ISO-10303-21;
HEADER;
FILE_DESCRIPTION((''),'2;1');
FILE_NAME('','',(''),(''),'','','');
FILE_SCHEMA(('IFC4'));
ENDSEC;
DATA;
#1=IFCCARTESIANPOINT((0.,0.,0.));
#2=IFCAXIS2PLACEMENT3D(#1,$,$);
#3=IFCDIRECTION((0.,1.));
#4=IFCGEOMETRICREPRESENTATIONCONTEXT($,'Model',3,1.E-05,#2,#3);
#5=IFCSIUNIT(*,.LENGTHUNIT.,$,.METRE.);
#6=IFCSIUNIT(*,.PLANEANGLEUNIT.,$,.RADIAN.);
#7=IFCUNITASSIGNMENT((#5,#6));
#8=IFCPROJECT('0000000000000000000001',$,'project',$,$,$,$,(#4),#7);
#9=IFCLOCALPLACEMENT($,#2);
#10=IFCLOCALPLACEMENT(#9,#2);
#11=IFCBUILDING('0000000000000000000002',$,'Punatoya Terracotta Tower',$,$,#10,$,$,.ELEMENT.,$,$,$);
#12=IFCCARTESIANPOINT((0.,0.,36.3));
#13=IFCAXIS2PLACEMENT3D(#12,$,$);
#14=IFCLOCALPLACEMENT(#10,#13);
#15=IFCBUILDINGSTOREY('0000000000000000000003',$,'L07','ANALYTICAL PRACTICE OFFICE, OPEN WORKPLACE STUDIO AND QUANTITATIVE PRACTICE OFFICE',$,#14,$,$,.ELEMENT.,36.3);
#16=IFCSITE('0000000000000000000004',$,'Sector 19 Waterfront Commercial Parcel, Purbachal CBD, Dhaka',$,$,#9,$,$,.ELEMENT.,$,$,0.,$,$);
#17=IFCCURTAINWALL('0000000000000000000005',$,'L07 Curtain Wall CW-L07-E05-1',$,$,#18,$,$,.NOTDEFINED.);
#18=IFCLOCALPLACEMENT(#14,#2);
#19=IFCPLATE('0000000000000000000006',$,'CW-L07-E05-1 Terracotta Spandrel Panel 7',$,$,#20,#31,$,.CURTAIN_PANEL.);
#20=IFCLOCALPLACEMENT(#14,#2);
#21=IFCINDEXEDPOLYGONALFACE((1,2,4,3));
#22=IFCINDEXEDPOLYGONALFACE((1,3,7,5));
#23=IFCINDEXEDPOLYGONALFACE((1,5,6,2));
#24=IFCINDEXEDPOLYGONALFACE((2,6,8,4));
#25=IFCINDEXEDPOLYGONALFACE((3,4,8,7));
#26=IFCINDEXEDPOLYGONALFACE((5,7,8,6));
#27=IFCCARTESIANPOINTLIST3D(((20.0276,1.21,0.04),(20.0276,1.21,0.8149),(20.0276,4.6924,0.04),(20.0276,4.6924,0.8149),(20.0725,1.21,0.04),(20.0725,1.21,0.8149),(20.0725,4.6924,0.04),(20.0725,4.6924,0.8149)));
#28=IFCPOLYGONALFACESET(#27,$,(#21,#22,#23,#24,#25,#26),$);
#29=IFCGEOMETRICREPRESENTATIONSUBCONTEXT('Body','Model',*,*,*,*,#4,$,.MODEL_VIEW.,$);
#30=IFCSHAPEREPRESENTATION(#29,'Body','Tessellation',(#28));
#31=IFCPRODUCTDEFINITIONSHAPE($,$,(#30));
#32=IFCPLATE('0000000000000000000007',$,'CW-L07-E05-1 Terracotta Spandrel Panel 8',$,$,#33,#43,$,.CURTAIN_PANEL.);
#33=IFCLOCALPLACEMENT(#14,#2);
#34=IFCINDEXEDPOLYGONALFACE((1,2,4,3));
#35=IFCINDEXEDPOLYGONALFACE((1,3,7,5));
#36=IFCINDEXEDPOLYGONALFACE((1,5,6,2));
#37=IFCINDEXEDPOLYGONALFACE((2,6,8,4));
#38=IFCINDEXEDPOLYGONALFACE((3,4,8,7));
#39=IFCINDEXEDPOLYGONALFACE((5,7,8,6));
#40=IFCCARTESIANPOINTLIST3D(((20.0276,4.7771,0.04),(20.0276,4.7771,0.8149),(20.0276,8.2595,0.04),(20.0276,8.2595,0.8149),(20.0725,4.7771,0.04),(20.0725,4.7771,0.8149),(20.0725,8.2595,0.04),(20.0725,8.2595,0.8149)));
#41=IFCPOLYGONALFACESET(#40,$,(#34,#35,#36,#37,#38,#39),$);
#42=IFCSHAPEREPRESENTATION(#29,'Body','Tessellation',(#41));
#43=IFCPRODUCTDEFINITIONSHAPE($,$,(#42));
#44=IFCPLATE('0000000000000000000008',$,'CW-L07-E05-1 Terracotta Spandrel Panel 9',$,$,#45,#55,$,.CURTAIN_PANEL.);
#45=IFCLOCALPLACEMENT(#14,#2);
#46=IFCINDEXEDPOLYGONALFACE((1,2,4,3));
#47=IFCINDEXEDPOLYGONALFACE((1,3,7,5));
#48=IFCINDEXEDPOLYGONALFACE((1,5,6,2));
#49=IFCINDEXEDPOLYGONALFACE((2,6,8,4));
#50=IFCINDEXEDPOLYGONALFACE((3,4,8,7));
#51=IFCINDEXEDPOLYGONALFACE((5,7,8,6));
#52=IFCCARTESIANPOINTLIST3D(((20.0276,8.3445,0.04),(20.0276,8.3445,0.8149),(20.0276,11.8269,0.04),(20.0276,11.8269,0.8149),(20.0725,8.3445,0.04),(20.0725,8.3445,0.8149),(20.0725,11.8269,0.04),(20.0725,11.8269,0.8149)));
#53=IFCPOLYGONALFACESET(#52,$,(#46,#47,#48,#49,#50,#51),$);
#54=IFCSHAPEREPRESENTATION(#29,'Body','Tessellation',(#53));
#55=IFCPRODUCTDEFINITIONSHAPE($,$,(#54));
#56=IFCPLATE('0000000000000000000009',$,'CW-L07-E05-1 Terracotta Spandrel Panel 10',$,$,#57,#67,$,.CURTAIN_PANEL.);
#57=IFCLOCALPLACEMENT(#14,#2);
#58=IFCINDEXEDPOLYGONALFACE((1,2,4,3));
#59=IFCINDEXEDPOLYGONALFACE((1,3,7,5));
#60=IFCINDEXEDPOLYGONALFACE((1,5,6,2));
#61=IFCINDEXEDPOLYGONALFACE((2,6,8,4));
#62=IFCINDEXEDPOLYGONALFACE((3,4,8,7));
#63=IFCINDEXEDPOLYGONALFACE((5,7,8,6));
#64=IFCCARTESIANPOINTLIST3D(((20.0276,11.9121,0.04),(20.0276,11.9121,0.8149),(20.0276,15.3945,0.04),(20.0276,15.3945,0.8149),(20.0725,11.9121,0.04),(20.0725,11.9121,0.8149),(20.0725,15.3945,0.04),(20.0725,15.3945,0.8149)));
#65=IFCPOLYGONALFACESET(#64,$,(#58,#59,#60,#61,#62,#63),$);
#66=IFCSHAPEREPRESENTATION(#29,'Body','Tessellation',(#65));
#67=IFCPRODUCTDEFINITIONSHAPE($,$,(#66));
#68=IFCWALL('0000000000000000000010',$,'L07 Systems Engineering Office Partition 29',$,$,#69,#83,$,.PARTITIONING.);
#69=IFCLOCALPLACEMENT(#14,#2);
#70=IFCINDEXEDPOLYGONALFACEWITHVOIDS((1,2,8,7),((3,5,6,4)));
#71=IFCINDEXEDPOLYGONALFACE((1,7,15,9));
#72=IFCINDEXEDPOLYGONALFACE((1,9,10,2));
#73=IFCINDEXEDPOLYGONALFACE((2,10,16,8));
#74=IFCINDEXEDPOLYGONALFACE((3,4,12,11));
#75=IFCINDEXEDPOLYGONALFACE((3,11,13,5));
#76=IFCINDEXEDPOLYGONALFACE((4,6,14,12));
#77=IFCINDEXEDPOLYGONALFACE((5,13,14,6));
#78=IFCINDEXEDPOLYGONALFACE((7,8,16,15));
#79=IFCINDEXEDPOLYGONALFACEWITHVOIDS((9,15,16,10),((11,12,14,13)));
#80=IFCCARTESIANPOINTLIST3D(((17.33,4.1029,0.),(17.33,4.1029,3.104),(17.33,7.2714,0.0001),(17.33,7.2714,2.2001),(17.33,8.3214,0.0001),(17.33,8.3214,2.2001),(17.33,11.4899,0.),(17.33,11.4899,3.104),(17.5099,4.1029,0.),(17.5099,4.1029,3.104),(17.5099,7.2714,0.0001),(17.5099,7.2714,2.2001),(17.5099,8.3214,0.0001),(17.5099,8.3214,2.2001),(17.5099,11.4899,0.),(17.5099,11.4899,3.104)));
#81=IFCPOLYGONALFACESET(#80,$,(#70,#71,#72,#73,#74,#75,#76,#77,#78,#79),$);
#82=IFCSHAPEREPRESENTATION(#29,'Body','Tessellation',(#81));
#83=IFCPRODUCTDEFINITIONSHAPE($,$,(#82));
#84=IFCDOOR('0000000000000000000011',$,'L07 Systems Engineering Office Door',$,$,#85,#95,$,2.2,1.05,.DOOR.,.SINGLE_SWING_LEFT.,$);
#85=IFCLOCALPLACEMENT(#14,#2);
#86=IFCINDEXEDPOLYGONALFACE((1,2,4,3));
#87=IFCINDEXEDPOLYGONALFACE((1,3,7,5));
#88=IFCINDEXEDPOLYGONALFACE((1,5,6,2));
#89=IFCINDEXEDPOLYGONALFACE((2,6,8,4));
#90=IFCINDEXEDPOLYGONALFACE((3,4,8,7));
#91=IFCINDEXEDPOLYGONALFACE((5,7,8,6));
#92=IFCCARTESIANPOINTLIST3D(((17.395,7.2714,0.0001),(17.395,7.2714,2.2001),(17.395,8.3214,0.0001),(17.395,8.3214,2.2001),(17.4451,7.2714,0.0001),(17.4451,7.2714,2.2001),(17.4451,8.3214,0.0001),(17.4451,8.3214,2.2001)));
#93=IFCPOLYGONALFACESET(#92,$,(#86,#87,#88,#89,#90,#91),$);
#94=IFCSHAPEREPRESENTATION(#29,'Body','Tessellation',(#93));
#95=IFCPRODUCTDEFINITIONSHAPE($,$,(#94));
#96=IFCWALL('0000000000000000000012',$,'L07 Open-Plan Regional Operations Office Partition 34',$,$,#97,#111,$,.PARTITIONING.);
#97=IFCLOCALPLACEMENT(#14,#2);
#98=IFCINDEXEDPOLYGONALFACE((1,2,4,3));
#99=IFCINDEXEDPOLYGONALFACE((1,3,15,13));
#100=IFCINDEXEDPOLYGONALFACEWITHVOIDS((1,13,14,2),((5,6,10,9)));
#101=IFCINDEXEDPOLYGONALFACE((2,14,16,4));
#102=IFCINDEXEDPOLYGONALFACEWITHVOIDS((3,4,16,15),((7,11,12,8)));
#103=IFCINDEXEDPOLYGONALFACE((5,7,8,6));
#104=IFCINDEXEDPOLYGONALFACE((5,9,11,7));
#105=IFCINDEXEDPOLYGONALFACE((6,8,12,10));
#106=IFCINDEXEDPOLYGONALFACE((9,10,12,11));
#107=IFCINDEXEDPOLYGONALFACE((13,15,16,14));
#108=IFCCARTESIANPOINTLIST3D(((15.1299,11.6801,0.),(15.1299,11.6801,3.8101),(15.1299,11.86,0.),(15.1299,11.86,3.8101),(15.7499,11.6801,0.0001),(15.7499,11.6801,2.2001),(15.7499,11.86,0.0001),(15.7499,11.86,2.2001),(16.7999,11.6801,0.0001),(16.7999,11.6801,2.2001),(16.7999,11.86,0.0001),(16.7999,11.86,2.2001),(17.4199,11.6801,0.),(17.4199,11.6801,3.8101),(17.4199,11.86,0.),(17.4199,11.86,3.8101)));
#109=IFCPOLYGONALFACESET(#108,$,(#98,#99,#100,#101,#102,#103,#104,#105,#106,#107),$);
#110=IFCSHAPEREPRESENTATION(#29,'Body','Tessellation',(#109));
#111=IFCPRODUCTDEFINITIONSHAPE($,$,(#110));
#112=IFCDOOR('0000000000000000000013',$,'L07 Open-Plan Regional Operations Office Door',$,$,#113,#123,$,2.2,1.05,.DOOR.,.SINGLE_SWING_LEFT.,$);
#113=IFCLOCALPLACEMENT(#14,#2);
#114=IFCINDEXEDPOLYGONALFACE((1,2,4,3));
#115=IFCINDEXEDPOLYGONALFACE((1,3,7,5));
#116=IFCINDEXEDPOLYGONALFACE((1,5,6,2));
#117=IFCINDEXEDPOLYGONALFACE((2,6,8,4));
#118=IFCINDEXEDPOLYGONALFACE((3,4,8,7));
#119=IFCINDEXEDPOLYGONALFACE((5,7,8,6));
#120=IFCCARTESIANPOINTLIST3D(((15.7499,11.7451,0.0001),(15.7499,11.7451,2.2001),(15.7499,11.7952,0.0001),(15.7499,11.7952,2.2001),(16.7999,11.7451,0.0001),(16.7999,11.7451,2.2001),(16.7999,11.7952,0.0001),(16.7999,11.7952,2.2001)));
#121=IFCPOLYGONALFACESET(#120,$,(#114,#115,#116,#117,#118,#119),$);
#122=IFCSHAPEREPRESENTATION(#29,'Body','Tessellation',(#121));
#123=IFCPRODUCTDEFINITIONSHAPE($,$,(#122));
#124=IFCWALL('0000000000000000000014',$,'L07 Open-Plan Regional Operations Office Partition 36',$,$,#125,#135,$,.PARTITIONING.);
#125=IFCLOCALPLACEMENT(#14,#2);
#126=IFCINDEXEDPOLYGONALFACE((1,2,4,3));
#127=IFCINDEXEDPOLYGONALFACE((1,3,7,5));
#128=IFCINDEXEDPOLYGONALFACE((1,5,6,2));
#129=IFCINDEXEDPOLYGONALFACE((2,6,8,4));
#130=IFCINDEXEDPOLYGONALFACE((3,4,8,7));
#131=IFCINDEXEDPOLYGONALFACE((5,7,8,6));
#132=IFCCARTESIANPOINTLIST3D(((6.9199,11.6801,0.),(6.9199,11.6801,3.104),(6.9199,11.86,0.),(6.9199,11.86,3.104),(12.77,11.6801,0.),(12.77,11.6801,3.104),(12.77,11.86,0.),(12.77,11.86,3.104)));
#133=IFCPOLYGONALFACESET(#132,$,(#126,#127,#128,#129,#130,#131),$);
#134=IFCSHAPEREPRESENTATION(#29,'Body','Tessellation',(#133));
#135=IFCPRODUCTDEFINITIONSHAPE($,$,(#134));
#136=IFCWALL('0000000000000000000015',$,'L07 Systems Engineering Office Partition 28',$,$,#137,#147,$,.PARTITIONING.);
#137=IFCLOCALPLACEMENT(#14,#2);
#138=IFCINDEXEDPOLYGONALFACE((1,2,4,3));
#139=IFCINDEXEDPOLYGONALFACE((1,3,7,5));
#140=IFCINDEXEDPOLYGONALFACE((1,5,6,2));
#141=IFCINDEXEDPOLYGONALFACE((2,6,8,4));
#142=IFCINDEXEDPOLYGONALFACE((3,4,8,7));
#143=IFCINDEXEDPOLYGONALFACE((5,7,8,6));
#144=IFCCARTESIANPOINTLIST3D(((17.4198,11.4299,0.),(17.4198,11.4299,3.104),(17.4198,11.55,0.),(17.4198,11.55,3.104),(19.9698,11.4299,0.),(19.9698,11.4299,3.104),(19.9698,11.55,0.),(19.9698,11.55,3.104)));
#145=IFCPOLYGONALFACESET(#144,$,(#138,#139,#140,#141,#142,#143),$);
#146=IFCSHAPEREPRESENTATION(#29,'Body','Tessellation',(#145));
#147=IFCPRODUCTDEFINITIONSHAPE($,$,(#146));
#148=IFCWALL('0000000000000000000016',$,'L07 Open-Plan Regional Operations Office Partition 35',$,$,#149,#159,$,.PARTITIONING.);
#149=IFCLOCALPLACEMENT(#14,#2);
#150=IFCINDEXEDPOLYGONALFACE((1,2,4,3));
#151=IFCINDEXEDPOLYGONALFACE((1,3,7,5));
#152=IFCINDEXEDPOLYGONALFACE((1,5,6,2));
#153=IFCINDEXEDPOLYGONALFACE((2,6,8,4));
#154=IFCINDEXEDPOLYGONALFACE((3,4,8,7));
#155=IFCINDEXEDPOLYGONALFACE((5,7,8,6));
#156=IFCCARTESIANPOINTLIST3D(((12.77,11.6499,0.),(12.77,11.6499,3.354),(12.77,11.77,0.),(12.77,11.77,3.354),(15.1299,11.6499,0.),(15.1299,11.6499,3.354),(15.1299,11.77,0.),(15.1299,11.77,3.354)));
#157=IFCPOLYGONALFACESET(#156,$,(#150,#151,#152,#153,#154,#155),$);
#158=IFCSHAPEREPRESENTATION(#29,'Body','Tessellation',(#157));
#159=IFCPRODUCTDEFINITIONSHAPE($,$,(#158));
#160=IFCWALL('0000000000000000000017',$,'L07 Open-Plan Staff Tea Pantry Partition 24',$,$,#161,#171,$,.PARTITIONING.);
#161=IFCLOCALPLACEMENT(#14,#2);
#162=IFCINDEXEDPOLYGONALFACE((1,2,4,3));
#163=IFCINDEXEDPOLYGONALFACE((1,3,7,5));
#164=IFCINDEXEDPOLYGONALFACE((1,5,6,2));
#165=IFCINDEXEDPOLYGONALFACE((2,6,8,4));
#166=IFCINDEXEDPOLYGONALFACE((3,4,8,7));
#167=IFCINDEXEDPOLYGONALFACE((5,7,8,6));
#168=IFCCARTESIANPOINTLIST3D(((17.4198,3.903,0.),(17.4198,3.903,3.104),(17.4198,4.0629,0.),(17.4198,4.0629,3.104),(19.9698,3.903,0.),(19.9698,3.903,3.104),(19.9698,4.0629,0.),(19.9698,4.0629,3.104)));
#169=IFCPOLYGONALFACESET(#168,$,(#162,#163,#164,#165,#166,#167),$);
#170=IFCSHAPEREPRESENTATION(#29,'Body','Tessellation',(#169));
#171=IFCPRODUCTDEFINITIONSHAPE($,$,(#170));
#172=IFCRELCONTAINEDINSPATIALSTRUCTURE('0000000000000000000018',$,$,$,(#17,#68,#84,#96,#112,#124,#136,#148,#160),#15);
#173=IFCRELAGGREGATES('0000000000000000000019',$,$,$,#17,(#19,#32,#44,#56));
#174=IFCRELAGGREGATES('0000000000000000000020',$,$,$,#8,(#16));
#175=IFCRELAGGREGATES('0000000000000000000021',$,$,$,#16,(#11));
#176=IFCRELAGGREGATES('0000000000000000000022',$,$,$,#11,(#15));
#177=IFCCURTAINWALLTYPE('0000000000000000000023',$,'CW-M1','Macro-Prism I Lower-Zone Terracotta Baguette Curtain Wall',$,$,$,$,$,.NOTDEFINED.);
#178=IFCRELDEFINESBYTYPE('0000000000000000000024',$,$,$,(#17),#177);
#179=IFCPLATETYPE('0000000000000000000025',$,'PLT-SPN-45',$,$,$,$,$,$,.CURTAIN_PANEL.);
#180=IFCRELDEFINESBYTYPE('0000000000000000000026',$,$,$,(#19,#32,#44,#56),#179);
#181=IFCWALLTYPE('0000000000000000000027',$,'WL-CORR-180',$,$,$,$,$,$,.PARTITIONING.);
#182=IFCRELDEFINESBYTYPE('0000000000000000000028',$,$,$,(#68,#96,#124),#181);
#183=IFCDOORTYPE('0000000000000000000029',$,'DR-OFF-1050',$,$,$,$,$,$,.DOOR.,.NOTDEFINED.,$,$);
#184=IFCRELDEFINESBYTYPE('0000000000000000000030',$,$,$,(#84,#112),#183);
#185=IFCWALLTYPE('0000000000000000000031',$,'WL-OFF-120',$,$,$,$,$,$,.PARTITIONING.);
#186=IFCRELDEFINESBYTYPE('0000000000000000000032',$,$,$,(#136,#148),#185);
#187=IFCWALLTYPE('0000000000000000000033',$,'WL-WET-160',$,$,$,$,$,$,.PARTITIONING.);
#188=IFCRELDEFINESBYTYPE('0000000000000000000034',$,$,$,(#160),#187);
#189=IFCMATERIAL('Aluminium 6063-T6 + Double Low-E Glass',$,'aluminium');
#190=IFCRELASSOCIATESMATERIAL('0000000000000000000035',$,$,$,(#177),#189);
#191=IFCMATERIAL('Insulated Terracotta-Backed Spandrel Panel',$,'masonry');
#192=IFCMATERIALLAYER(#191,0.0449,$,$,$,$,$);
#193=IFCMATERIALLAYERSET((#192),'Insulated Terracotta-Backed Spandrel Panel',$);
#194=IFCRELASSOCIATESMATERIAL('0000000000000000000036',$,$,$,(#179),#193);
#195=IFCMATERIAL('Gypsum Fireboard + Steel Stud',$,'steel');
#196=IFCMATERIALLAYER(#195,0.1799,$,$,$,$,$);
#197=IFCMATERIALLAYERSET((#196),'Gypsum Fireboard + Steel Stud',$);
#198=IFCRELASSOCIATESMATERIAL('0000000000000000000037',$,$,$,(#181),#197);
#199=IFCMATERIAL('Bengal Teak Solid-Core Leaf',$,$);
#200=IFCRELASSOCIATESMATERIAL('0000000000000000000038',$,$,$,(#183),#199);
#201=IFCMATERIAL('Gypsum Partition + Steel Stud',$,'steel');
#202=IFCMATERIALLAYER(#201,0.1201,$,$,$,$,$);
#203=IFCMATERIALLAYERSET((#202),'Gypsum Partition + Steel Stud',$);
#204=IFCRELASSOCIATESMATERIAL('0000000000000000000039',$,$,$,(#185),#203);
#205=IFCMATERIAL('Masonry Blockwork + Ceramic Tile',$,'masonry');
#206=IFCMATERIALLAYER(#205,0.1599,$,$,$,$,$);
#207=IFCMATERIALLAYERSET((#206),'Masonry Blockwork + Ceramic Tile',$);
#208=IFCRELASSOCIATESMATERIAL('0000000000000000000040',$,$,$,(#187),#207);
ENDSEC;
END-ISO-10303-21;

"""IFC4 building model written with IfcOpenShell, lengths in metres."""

from ifc_helpers import new_model, si_unit, direction, frame, frame_2d, origin, origin_2d, place, context, subcontext, project, spatial, rectangle, extrude, material, layer, layer_set, type_object, element, fill, aggregate, save


model = new_model("IFC4")

# Units and contexts
model_context = context("Model", 3, precision=1e-05, world=origin(), true_north=direction((0.0, 1.0)))
body_context = subcontext(model_context, "Body", "Model", "MODEL_VIEW")
ifc_project = project(units=[si_unit("LENGTHUNIT", "METRE"), si_unit("PLANEANGLEUNIT", "RADIAN")], contexts=[model_context])

# Site, building, storey
site_placement = place(None, origin())
site = spatial("IfcSite", under=ifc_project, at=site_placement, Name="Sector 19 Waterfront Commercial Parcel, Purbachal CBD, Dhaka", CompositionType="ELEMENT", RefElevation=0.0)
building_placement = place(site_placement, origin())
building = spatial("IfcBuilding", under=site, at=building_placement, Name="Punatoya Terracotta Tower", CompositionType="ELEMENT")
storey_placement = place(building_placement, frame((0.0, 0.0, 36.3)))
storey = spatial("IfcBuildingStorey", under=building, at=storey_placement, Name="L07", Description="ANALYTICAL PRACTICE OFFICE, OPEN WORKPLACE STUDIO AND QUANTITATIVE PRACTICE OFFICE", CompositionType="ELEMENT", Elevation=36.3)

# Curtain wall
ifc_material_1 = material(Name="Aluminium 6063-T6 + Double Low-E Glass", Category="aluminium")
curtain_wall_type = type_object("IfcCurtainWallType", Name="CW-M1", Description="Macro-Prism I Lower-Zone Terracotta Baguette Curtain Wall", PredefinedType="NOTDEFINED", material=ifc_material_1)
curtain_wall_1_placement = place(storey_placement, origin())
curtain_wall_1 = element("IfcCurtainWall", 1, at=curtain_wall_1_placement, inside=storey, type_object=curtain_wall_type, Name="L07 Curtain Wall CW-L07-E05-1", PredefinedType="NOTDEFINED")

# Plates
ifc_material_2 = material(Name="Insulated Terracotta-Backed Spandrel Panel", Category="masonry")
ifc_layer_1 = layer(ifc_material_2, 0.0449)
ifc_layer_set_1 = layer_set([ifc_layer_1], Name="Insulated Terracotta-Backed Spandrel Panel")
plate_type_1 = type_object("IfcPlateType", Name="PLT-SPN-45", PredefinedType="CURTAIN_PANEL", material=ifc_layer_set_1)
plate_1_placement = place(storey_placement, frame((20.05, 2.9512, 0.04), z_axis=(0.0, 0.0, 1.0), x_axis=(0.0, 1.0, 0.0)))
plate_1 = element("IfcPlate", 2, at=plate_1_placement, type_object=plate_type_1, Name="CW-L07-E05-1 Terracotta Spandrel Panel 7", PredefinedType="CURTAIN_PANEL", context=body_context, shape_type="SweptSolid", body=[
    extrude(rectangle(XDim=3.4824, YDim=0.0449, at=origin_2d()), origin(), (0.0, 0.0, 1.0), 0.7749),
])
plate_2_placement = place(storey_placement, frame((20.05, 6.5183, 0.04), z_axis=(0.0, 0.0, 1.0), x_axis=(0.0, 1.0, 0.0)))
plate_2 = element("IfcPlate", 3, at=plate_2_placement, type_object=plate_type_1, Name="CW-L07-E05-1 Terracotta Spandrel Panel 8", PredefinedType="CURTAIN_PANEL", context=body_context, shape_type="SweptSolid", body=[
    extrude(rectangle(XDim=3.4824, YDim=0.0449, at=origin_2d()), origin(), (0.0, 0.0, 1.0), 0.7749),
])
plate_3_placement = place(storey_placement, frame((20.05, 10.0857, 0.04), z_axis=(0.0, 0.0, 1.0), x_axis=(0.0, 1.0, 0.0)))
plate_3 = element("IfcPlate", 4, at=plate_3_placement, type_object=plate_type_1, Name="CW-L07-E05-1 Terracotta Spandrel Panel 9", PredefinedType="CURTAIN_PANEL", context=body_context, shape_type="SweptSolid", body=[
    extrude(rectangle(XDim=3.4824, YDim=0.0449, at=origin_2d()), origin(), (0.0, 0.0, 1.0), 0.7749),
])
plate_4_placement = place(storey_placement, frame((20.05, 13.6533, 0.04), z_axis=(0.0, 0.0, 1.0), x_axis=(0.0, 1.0, 0.0)))
plate_4 = element("IfcPlate", 5, at=plate_4_placement, type_object=plate_type_1, Name="CW-L07-E05-1 Terracotta Spandrel Panel 10", PredefinedType="CURTAIN_PANEL", context=body_context, shape_type="SweptSolid", body=[
    extrude(rectangle(XDim=3.4824, YDim=0.0449, at=origin_2d()), origin(), (0.0, 0.0, 1.0), 0.7749),
])
aggregate(curtain_wall_1, [plate_1, plate_2, plate_3, plate_4])

# Walls, openings, doors
ifc_material_3 = material(Name="Gypsum Fireboard + Steel Stud", Category="steel")
ifc_layer_2 = layer(ifc_material_3, 0.1799)
ifc_layer_set_2 = layer_set([ifc_layer_2], Name="Gypsum Fireboard + Steel Stud")
wall_type_1 = type_object("IfcWallType", Name="WL-CORR-180", PredefinedType="PARTITIONING", material=ifc_layer_set_2)
wall_1_placement = place(storey_placement, frame((17.4199, 4.103, 0.0), z_axis=(0.0, 0.0, 1.0), x_axis=(0.0, 1.0, 0.0)))
wall_1 = element("IfcWall", 6, at=wall_1_placement, inside=storey, type_object=wall_type_1, Name="L07 Systems Engineering Office Partition 29", PredefinedType="PARTITIONING", context=body_context, shape_type="SweptSolid", body=[
    extrude(rectangle(XDim=7.387, YDim=0.1799, at=frame_2d((3.6934, 0.0))), origin(), (0.0, 0.0, 1.0), 3.104),
])
opening_1_placement = place(wall_1_placement, frame((3.1685, 0.0, 0.0)))
opening_1 = element("IfcOpeningElement", 7, at=opening_1_placement, cuts=wall_1, PredefinedType="OPENING", context=body_context, shape_type="SweptSolid", body=[
    extrude(rectangle(XDim=1.05, YDim=2.2, at=frame_2d((0.5249, 1.1001))), frame((0.0, 0.0999, 0.0), z_axis=(0.0, -1.0, 0.0), x_axis=(1.0, 0.0, 0.0)), (0.0, 0.0, 1.0), 0.2),
])
ifc_material_4 = material(Name="Bengal Teak Solid-Core Leaf")
door_type = type_object("IfcDoorType", Name="DR-OFF-1050", OperationType="NOTDEFINED", PredefinedType="DOOR", material=ifc_material_4)
door_1_placement = place(opening_1_placement, origin())
door_1 = element("IfcDoor", 8, at=door_1_placement, inside=storey, type_object=door_type, Name="L07 Systems Engineering Office Door", OperationType="SINGLE_SWING_LEFT", OverallHeight=2.2, OverallWidth=1.05, PredefinedType="DOOR", context=body_context, shape_type="SweptSolid", body=[
    extrude(rectangle(XDim=1.05, YDim=2.2, at=frame_2d((0.5249, 1.1001))), frame((0.0, 0.0249, 0.0), z_axis=(0.0, -1.0, 0.0), x_axis=(1.0, 0.0, 0.0)), (0.0, 0.0, 1.0), 0.05),
])
fill(opening_1, door_1)
wall_2_placement = place(storey_placement, frame((17.4199, 11.77, 0.0), z_axis=(0.0, 0.0, 1.0), x_axis=(-1.0, 0.0, 0.0)))
wall_2 = element("IfcWall", 9, at=wall_2_placement, inside=storey, type_object=wall_type_1, Name="L07 Open-Plan Regional Operations Office Partition 34", PredefinedType="PARTITIONING", context=body_context, shape_type="SweptSolid", body=[
    extrude(rectangle(XDim=2.29, YDim=0.1799, at=frame_2d((1.145, 0.0))), origin(), (0.0, 0.0, 1.0), 3.8101),
])
opening_2_placement = place(wall_2_placement, frame((0.6201, 0.0, 0.0)))
opening_2 = element("IfcOpeningElement", 10, at=opening_2_placement, cuts=wall_2, PredefinedType="OPENING", context=body_context, shape_type="SweptSolid", body=[
    extrude(rectangle(XDim=1.05, YDim=2.2, at=frame_2d((0.5249, 1.1001))), frame((0.0, 0.0999, 0.0), z_axis=(0.0, -1.0, 0.0), x_axis=(1.0, 0.0, 0.0)), (0.0, 0.0, 1.0), 0.2),
])
door_2_placement = place(opening_2_placement, origin())
door_2 = element("IfcDoor", 11, at=door_2_placement, inside=storey, type_object=door_type, Name="L07 Open-Plan Regional Operations Office Door", OperationType="SINGLE_SWING_LEFT", OverallHeight=2.2, OverallWidth=1.05, PredefinedType="DOOR", context=body_context, shape_type="SweptSolid", body=[
    extrude(rectangle(XDim=1.05, YDim=2.2, at=frame_2d((0.5249, 1.1001))), frame((0.0, 0.0249, 0.0), z_axis=(0.0, -1.0, 0.0), x_axis=(1.0, 0.0, 0.0)), (0.0, 0.0, 1.0), 0.05),
])
fill(opening_2, door_2)

# Walls
wall_3_placement = place(storey_placement, frame((12.77, 11.77, 0.0), z_axis=(0.0, 0.0, 1.0), x_axis=(-1.0, 0.0, 0.0)))
element("IfcWall", 12, at=wall_3_placement, inside=storey, type_object=wall_type_1, Name="L07 Open-Plan Regional Operations Office Partition 36", PredefinedType="PARTITIONING", context=body_context, shape_type="SweptSolid", body=[
    extrude(rectangle(XDim=5.8501, YDim=0.1799, at=frame_2d((2.925, 0.0))), origin(), (0.0, 0.0, 1.0), 3.104),
])
ifc_material_5 = material(Name="Gypsum Partition + Steel Stud", Category="steel")
ifc_layer_3 = layer(ifc_material_5, 0.1201)
ifc_layer_set_3 = layer_set([ifc_layer_3], Name="Gypsum Partition + Steel Stud")
wall_type_2 = type_object("IfcWallType", Name="WL-OFF-120", PredefinedType="PARTITIONING", material=ifc_layer_set_3)
wall_4_placement = place(storey_placement, frame((17.4199, 11.49, 0.0), z_axis=(0.0, 0.0, 1.0), x_axis=(1.0, 0.0, 0.0)))
element("IfcWall", 13, at=wall_4_placement, inside=storey, type_object=wall_type_2, Name="L07 Systems Engineering Office Partition 28", PredefinedType="PARTITIONING", context=body_context, shape_type="SweptSolid", body=[
    extrude(rectangle(XDim=2.55, YDim=0.1201, at=frame_2d((1.2749, 0.0))), origin(), (0.0, 0.0, 1.0), 3.104),
])
wall_5_placement = place(storey_placement, frame((15.1299, 11.71, 0.0), z_axis=(0.0, 0.0, 1.0), x_axis=(-1.0, 0.0, 0.0)))
element("IfcWall", 14, at=wall_5_placement, inside=storey, type_object=wall_type_2, Name="L07 Open-Plan Regional Operations Office Partition 35", PredefinedType="PARTITIONING", context=body_context, shape_type="SweptSolid", body=[
    extrude(rectangle(XDim=2.3599, YDim=0.1201, at=frame_2d((1.1799, 0.0))), origin(), (0.0, 0.0, 1.0), 3.354),
])
ifc_material_6 = material(Name="Masonry Blockwork + Ceramic Tile", Category="masonry")
ifc_layer_4 = layer(ifc_material_6, 0.1599)
ifc_layer_set_4 = layer_set([ifc_layer_4], Name="Masonry Blockwork + Ceramic Tile")
wall_type_3 = type_object("IfcWallType", Name="WL-WET-160", PredefinedType="PARTITIONING", material=ifc_layer_set_4)
wall_6_placement = place(storey_placement, frame((17.4199, 3.9829, 0.0), z_axis=(0.0, 0.0, 1.0), x_axis=(1.0, 0.0, 0.0)))
element("IfcWall", 15, at=wall_6_placement, inside=storey, type_object=wall_type_3, Name="L07 Open-Plan Staff Tea Pantry Partition 24", PredefinedType="PARTITIONING", context=body_context, shape_type="SweptSolid", body=[
    extrude(rectangle(XDim=2.55, YDim=0.1599, at=frame_2d((1.2749, 0.0))), origin(), (0.0, 0.0, 1.0), 3.104),
])

save(model, "model.ifc")
